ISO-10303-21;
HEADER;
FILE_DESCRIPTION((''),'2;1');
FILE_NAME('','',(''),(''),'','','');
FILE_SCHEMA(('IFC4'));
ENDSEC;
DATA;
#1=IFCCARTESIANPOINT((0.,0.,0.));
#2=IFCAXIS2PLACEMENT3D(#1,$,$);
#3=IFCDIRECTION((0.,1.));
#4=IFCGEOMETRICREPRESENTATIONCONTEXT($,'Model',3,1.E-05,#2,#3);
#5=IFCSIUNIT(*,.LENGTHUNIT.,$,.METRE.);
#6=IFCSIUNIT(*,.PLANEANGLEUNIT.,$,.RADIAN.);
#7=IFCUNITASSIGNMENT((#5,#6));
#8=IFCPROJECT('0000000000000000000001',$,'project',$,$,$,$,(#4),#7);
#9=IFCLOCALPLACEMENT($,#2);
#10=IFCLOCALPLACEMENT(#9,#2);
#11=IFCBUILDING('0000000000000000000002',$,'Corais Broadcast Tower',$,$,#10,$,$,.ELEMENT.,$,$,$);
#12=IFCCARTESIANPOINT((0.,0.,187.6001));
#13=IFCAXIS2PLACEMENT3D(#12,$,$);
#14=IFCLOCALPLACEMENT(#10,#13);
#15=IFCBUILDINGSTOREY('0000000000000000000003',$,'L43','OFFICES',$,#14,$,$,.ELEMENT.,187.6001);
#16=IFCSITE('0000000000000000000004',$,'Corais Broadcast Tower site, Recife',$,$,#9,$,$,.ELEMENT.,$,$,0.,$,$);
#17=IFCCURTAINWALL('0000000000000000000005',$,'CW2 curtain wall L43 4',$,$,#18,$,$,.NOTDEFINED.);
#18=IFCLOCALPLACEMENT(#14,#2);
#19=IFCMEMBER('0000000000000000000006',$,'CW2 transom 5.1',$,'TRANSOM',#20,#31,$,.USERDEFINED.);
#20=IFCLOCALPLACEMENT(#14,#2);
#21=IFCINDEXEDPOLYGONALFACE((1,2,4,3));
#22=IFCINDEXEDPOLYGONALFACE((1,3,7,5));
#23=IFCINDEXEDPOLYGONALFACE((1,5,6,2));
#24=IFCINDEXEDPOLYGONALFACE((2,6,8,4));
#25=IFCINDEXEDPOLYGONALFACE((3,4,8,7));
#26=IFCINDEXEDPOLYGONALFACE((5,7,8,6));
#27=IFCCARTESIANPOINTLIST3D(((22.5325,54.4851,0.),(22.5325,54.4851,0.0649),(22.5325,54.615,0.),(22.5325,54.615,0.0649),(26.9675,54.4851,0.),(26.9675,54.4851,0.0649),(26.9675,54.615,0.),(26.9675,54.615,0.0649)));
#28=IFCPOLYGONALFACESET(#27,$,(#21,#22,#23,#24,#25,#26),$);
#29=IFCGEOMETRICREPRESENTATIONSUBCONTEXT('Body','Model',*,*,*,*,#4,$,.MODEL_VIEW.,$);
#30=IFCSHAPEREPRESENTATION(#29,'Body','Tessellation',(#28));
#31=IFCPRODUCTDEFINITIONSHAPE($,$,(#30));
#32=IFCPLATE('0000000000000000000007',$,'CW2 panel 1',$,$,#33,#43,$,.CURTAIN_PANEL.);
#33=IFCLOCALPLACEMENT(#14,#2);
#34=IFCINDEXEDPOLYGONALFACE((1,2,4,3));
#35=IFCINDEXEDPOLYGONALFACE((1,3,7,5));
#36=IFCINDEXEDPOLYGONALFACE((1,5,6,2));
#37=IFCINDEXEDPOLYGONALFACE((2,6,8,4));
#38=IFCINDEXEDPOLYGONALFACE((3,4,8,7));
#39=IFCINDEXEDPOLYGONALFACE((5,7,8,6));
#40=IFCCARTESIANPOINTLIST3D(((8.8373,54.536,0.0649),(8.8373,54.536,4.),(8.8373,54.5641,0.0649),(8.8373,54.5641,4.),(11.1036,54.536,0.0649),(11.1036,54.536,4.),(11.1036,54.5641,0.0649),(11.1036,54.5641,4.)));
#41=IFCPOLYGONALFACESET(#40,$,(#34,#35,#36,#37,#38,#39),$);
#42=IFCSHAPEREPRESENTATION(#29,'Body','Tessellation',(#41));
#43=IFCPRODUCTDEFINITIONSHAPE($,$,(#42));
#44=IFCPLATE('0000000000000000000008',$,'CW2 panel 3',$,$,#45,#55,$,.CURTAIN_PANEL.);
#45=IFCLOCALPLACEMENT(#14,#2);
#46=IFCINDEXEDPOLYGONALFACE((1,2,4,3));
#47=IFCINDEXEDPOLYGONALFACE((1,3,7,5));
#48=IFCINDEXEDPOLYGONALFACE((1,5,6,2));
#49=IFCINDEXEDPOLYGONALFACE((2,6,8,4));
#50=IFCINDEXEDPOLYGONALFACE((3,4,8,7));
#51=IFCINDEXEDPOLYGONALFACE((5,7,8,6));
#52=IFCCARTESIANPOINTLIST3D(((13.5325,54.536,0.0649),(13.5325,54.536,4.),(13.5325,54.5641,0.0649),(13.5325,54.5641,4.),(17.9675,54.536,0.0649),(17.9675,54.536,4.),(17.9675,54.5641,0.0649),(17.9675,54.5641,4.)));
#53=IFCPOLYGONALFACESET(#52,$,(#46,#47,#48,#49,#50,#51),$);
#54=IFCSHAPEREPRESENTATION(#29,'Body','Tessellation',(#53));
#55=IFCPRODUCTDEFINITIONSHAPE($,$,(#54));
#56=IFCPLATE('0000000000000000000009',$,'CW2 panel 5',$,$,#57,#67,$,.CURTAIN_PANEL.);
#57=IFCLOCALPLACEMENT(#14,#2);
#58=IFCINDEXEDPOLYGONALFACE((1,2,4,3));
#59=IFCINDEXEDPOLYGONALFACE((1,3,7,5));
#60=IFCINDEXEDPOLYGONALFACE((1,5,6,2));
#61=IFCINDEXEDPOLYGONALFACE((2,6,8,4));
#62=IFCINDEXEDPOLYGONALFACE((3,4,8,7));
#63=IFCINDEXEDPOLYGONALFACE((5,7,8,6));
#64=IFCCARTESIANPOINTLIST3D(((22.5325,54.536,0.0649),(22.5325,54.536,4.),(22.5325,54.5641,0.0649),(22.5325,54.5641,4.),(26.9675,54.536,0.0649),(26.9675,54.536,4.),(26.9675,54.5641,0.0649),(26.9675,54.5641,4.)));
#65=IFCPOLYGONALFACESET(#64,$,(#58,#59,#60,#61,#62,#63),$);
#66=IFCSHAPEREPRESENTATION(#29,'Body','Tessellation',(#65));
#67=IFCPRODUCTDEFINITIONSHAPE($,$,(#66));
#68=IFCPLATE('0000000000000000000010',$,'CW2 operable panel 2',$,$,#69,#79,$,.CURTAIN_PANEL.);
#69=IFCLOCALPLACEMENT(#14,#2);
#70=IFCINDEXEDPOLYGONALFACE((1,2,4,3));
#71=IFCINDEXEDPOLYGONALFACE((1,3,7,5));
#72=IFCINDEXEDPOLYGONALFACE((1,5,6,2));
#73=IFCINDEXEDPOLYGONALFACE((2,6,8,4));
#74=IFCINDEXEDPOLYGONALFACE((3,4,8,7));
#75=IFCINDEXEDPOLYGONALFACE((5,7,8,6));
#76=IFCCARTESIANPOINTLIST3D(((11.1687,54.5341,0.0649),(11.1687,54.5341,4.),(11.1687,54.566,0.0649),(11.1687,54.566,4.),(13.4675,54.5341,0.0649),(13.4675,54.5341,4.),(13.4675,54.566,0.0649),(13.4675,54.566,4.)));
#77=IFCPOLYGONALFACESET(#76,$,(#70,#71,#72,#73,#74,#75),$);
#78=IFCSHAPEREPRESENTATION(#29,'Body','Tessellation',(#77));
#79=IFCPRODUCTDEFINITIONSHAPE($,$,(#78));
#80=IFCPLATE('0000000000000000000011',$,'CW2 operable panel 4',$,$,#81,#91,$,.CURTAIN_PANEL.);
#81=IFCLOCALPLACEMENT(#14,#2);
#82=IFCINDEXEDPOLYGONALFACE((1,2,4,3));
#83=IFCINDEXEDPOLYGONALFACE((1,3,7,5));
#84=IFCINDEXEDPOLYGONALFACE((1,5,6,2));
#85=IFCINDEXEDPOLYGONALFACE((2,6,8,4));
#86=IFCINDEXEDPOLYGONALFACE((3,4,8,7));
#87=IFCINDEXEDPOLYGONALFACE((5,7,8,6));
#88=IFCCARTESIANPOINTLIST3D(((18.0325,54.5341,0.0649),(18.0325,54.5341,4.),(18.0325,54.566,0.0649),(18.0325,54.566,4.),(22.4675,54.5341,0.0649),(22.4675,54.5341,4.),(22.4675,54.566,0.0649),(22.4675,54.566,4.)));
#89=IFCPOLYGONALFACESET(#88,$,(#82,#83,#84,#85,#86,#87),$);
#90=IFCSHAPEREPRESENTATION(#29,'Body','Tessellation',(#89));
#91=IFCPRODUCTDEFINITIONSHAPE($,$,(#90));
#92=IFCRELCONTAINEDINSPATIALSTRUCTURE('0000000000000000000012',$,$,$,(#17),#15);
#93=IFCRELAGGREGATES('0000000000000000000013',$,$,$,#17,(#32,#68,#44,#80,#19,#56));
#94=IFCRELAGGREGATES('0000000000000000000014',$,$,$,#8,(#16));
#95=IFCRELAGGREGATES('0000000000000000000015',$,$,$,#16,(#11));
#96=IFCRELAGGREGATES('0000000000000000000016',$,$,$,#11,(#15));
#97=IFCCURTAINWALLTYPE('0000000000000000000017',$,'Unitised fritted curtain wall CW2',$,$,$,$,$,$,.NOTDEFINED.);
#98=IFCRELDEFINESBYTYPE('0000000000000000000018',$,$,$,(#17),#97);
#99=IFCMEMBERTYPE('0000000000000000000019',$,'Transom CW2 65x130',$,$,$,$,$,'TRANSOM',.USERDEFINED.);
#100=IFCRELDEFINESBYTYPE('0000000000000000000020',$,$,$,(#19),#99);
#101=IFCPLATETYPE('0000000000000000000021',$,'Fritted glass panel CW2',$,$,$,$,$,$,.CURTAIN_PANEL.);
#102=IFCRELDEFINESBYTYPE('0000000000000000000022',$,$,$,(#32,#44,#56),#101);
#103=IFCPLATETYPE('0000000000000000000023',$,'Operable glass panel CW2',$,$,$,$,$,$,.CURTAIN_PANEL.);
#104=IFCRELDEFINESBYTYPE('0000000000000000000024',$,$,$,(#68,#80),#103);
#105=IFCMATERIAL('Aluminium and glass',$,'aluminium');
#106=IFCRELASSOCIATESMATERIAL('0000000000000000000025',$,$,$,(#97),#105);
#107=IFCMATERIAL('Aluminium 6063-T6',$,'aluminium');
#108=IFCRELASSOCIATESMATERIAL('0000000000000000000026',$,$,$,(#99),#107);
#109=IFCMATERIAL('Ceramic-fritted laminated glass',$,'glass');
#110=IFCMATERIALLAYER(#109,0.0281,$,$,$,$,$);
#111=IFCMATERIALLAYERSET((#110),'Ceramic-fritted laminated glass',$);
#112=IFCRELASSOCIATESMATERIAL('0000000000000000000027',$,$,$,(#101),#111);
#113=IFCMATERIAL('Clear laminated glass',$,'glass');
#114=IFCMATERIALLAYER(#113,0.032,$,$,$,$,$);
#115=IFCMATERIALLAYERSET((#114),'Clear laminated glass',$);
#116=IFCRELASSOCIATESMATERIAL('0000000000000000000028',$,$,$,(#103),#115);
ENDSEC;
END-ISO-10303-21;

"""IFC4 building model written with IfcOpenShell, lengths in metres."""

from ifc_helpers import new_model, si_unit, direction, frame, origin, origin_2d, place, context, subcontext, project, spatial, rectangle, extrude, material, layer, layer_set, material_profile, profile_set, type_object, element, aggregate, save


model = new_model("IFC4")

# Units and contexts
model_context = context("Model", 3, precision=1e-05, world=origin(), true_north=direction((0.0, 1.0)))
body_context = subcontext(model_context, "Body", "Model", "MODEL_VIEW")
ifc_project = project(units=[si_unit("LENGTHUNIT", "METRE"), si_unit("PLANEANGLEUNIT", "RADIAN")], contexts=[model_context])

# Site, building, storey
site_placement = place(None, origin())
site = spatial("IfcSite", under=ifc_project, at=site_placement, Name="Corais Broadcast Tower site, Recife", CompositionType="ELEMENT", RefElevation=0.0)
building_placement = place(site_placement, origin())
building = spatial("IfcBuilding", under=site, at=building_placement, Name="Corais Broadcast Tower", CompositionType="ELEMENT")
storey_placement = place(building_placement, frame((0.0, 0.0, 187.6001)))
storey = spatial("IfcBuildingStorey", under=building, at=storey_placement, Name="L43", Description="OFFICES", CompositionType="ELEMENT", Elevation=187.6001)

# Curtain wall
ifc_material_1 = material(Name="Aluminium and glass", Category="aluminium")
curtain_wall_type = type_object("IfcCurtainWallType", Name="Unitised fritted curtain wall CW2", PredefinedType="NOTDEFINED", material=ifc_material_1)
curtain_wall_placement = place(storey_placement, origin())
curtain_wall = element("IfcCurtainWall", 1, at=curtain_wall_placement, inside=storey, type_object=curtain_wall_type, Name="CW2 curtain wall L43 4", PredefinedType="NOTDEFINED")

# Member
ifc_material_2 = material(Name="Aluminium 6063-T6", Category="aluminium")
ifc_material_profile_1 = material_profile(ifc_material_2, rectangle(XDim=0.1299, YDim=0.0649, at=origin_2d()), Name="Transom CW2 65x130")
ifc_profile_set_1 = profile_set([ifc_material_profile_1], Name="Aluminium 6063-T6")
member_type_1 = type_object("IfcMemberType", Name="Transom CW2 65x130", ElementType="TRANSOM", PredefinedType="USERDEFINED", material=ifc_profile_set_1)
member_1_placement = place(storey_placement, frame((22.5325, 54.55, 0.0325), z_axis=(1.0, 0.0, 0.0), x_axis=(0.0, 1.0, 0.0)))
member_1 = element("IfcMember", 2, at=member_1_placement, type_object=member_type_1, Name="CW2 transom 5.1", ObjectType="TRANSOM", PredefinedType="USERDEFINED", context=body_context, shape_type="SweptSolid", body=[
    extrude(rectangle(XDim=0.1299, YDim=0.0649, at=origin_2d()), origin(), (0.0, 0.0, 1.0), 4.4351),
])

# Plates
ifc_material_3 = material(Name="Ceramic-fritted laminated glass", Category="glass")
ifc_layer_1 = layer(ifc_material_3, 0.0281)
ifc_layer_set_1 = layer_set([ifc_layer_1], Name="Ceramic-fritted laminated glass")
plate_type_1 = type_object("IfcPlateType", Name="Fritted glass panel CW2", PredefinedType="CURTAIN_PANEL", material=ifc_layer_set_1)
plate_1_placement = place(storey_placement, frame((9.9705, 54.55, 0.0649), z_axis=(0.0, 0.0, 1.0), x_axis=(1.0, 0.0, 0.0)))
plate_1 = element("IfcPlate", 3, at=plate_1_placement, type_object=plate_type_1, Name="CW2 panel 1", PredefinedType="CURTAIN_PANEL", context=body_context, shape_type="SweptSolid", body=[
    extrude(rectangle(XDim=2.2664, YDim=0.0281, at=origin_2d()), origin(), (0.0, 0.0, 1.0), 3.9351),
])
plate_2_placement = place(storey_placement, frame((15.75, 54.55, 0.0649), z_axis=(0.0, 0.0, 1.0), x_axis=(1.0, 0.0, 0.0)))
plate_2 = element("IfcPlate", 4, at=plate_2_placement, type_object=plate_type_1, Name="CW2 panel 3", PredefinedType="CURTAIN_PANEL", context=body_context, shape_type="SweptSolid", body=[
    extrude(rectangle(XDim=4.4351, YDim=0.0281, at=origin_2d()), origin(), (0.0, 0.0, 1.0), 3.9351),
])
plate_3_placement = place(storey_placement, frame((24.75, 54.55, 0.0649), z_axis=(0.0, 0.0, 1.0), x_axis=(1.0, 0.0, 0.0)))
plate_3 = element("IfcPlate", 5, at=plate_3_placement, type_object=plate_type_1, Name="CW2 panel 5", PredefinedType="CURTAIN_PANEL", context=body_context, shape_type="SweptSolid", body=[
    extrude(rectangle(XDim=4.4351, YDim=0.0281, at=origin_2d()), origin(), (0.0, 0.0, 1.0), 3.9351),
])
ifc_material_4 = material(Name="Clear laminated glass", Category="glass")
ifc_layer_2 = layer(ifc_material_4, 0.032)
ifc_layer_set_2 = layer_set([ifc_layer_2], Name="Clear laminated glass")
plate_type_2 = type_object("IfcPlateType", Name="Operable glass panel CW2", PredefinedType="CURTAIN_PANEL", material=ifc_layer_set_2)
plate_4_placement = place(storey_placement, frame((12.3181, 54.55, 0.0649), z_axis=(0.0, 0.0, 1.0), x_axis=(1.0, 0.0, 0.0)))
plate_4 = element("IfcPlate", 6, at=plate_4_placement, type_object=plate_type_2, Name="CW2 operable panel 2", PredefinedType="CURTAIN_PANEL", context=body_context, shape_type="SweptSolid", body=[
    extrude(rectangle(XDim=2.2988, YDim=0.032, at=origin_2d()), origin(), (0.0, 0.0, 1.0), 3.9351),
])
plate_5_placement = place(storey_placement, frame((20.25, 54.55, 0.0649), z_axis=(0.0, 0.0, 1.0), x_axis=(1.0, 0.0, 0.0)))
plate_5 = element("IfcPlate", 7, at=plate_5_placement, type_object=plate_type_2, Name="CW2 operable panel 4", PredefinedType="CURTAIN_PANEL", context=body_context, shape_type="SweptSolid", body=[
    extrude(rectangle(XDim=4.4351, YDim=0.032, at=origin_2d()), origin(), (0.0, 0.0, 1.0), 3.9351),
])
aggregate(curtain_wall, [plate_1, plate_4, plate_2, plate_5, member_1, plate_3])

save(model, "model.ifc")
